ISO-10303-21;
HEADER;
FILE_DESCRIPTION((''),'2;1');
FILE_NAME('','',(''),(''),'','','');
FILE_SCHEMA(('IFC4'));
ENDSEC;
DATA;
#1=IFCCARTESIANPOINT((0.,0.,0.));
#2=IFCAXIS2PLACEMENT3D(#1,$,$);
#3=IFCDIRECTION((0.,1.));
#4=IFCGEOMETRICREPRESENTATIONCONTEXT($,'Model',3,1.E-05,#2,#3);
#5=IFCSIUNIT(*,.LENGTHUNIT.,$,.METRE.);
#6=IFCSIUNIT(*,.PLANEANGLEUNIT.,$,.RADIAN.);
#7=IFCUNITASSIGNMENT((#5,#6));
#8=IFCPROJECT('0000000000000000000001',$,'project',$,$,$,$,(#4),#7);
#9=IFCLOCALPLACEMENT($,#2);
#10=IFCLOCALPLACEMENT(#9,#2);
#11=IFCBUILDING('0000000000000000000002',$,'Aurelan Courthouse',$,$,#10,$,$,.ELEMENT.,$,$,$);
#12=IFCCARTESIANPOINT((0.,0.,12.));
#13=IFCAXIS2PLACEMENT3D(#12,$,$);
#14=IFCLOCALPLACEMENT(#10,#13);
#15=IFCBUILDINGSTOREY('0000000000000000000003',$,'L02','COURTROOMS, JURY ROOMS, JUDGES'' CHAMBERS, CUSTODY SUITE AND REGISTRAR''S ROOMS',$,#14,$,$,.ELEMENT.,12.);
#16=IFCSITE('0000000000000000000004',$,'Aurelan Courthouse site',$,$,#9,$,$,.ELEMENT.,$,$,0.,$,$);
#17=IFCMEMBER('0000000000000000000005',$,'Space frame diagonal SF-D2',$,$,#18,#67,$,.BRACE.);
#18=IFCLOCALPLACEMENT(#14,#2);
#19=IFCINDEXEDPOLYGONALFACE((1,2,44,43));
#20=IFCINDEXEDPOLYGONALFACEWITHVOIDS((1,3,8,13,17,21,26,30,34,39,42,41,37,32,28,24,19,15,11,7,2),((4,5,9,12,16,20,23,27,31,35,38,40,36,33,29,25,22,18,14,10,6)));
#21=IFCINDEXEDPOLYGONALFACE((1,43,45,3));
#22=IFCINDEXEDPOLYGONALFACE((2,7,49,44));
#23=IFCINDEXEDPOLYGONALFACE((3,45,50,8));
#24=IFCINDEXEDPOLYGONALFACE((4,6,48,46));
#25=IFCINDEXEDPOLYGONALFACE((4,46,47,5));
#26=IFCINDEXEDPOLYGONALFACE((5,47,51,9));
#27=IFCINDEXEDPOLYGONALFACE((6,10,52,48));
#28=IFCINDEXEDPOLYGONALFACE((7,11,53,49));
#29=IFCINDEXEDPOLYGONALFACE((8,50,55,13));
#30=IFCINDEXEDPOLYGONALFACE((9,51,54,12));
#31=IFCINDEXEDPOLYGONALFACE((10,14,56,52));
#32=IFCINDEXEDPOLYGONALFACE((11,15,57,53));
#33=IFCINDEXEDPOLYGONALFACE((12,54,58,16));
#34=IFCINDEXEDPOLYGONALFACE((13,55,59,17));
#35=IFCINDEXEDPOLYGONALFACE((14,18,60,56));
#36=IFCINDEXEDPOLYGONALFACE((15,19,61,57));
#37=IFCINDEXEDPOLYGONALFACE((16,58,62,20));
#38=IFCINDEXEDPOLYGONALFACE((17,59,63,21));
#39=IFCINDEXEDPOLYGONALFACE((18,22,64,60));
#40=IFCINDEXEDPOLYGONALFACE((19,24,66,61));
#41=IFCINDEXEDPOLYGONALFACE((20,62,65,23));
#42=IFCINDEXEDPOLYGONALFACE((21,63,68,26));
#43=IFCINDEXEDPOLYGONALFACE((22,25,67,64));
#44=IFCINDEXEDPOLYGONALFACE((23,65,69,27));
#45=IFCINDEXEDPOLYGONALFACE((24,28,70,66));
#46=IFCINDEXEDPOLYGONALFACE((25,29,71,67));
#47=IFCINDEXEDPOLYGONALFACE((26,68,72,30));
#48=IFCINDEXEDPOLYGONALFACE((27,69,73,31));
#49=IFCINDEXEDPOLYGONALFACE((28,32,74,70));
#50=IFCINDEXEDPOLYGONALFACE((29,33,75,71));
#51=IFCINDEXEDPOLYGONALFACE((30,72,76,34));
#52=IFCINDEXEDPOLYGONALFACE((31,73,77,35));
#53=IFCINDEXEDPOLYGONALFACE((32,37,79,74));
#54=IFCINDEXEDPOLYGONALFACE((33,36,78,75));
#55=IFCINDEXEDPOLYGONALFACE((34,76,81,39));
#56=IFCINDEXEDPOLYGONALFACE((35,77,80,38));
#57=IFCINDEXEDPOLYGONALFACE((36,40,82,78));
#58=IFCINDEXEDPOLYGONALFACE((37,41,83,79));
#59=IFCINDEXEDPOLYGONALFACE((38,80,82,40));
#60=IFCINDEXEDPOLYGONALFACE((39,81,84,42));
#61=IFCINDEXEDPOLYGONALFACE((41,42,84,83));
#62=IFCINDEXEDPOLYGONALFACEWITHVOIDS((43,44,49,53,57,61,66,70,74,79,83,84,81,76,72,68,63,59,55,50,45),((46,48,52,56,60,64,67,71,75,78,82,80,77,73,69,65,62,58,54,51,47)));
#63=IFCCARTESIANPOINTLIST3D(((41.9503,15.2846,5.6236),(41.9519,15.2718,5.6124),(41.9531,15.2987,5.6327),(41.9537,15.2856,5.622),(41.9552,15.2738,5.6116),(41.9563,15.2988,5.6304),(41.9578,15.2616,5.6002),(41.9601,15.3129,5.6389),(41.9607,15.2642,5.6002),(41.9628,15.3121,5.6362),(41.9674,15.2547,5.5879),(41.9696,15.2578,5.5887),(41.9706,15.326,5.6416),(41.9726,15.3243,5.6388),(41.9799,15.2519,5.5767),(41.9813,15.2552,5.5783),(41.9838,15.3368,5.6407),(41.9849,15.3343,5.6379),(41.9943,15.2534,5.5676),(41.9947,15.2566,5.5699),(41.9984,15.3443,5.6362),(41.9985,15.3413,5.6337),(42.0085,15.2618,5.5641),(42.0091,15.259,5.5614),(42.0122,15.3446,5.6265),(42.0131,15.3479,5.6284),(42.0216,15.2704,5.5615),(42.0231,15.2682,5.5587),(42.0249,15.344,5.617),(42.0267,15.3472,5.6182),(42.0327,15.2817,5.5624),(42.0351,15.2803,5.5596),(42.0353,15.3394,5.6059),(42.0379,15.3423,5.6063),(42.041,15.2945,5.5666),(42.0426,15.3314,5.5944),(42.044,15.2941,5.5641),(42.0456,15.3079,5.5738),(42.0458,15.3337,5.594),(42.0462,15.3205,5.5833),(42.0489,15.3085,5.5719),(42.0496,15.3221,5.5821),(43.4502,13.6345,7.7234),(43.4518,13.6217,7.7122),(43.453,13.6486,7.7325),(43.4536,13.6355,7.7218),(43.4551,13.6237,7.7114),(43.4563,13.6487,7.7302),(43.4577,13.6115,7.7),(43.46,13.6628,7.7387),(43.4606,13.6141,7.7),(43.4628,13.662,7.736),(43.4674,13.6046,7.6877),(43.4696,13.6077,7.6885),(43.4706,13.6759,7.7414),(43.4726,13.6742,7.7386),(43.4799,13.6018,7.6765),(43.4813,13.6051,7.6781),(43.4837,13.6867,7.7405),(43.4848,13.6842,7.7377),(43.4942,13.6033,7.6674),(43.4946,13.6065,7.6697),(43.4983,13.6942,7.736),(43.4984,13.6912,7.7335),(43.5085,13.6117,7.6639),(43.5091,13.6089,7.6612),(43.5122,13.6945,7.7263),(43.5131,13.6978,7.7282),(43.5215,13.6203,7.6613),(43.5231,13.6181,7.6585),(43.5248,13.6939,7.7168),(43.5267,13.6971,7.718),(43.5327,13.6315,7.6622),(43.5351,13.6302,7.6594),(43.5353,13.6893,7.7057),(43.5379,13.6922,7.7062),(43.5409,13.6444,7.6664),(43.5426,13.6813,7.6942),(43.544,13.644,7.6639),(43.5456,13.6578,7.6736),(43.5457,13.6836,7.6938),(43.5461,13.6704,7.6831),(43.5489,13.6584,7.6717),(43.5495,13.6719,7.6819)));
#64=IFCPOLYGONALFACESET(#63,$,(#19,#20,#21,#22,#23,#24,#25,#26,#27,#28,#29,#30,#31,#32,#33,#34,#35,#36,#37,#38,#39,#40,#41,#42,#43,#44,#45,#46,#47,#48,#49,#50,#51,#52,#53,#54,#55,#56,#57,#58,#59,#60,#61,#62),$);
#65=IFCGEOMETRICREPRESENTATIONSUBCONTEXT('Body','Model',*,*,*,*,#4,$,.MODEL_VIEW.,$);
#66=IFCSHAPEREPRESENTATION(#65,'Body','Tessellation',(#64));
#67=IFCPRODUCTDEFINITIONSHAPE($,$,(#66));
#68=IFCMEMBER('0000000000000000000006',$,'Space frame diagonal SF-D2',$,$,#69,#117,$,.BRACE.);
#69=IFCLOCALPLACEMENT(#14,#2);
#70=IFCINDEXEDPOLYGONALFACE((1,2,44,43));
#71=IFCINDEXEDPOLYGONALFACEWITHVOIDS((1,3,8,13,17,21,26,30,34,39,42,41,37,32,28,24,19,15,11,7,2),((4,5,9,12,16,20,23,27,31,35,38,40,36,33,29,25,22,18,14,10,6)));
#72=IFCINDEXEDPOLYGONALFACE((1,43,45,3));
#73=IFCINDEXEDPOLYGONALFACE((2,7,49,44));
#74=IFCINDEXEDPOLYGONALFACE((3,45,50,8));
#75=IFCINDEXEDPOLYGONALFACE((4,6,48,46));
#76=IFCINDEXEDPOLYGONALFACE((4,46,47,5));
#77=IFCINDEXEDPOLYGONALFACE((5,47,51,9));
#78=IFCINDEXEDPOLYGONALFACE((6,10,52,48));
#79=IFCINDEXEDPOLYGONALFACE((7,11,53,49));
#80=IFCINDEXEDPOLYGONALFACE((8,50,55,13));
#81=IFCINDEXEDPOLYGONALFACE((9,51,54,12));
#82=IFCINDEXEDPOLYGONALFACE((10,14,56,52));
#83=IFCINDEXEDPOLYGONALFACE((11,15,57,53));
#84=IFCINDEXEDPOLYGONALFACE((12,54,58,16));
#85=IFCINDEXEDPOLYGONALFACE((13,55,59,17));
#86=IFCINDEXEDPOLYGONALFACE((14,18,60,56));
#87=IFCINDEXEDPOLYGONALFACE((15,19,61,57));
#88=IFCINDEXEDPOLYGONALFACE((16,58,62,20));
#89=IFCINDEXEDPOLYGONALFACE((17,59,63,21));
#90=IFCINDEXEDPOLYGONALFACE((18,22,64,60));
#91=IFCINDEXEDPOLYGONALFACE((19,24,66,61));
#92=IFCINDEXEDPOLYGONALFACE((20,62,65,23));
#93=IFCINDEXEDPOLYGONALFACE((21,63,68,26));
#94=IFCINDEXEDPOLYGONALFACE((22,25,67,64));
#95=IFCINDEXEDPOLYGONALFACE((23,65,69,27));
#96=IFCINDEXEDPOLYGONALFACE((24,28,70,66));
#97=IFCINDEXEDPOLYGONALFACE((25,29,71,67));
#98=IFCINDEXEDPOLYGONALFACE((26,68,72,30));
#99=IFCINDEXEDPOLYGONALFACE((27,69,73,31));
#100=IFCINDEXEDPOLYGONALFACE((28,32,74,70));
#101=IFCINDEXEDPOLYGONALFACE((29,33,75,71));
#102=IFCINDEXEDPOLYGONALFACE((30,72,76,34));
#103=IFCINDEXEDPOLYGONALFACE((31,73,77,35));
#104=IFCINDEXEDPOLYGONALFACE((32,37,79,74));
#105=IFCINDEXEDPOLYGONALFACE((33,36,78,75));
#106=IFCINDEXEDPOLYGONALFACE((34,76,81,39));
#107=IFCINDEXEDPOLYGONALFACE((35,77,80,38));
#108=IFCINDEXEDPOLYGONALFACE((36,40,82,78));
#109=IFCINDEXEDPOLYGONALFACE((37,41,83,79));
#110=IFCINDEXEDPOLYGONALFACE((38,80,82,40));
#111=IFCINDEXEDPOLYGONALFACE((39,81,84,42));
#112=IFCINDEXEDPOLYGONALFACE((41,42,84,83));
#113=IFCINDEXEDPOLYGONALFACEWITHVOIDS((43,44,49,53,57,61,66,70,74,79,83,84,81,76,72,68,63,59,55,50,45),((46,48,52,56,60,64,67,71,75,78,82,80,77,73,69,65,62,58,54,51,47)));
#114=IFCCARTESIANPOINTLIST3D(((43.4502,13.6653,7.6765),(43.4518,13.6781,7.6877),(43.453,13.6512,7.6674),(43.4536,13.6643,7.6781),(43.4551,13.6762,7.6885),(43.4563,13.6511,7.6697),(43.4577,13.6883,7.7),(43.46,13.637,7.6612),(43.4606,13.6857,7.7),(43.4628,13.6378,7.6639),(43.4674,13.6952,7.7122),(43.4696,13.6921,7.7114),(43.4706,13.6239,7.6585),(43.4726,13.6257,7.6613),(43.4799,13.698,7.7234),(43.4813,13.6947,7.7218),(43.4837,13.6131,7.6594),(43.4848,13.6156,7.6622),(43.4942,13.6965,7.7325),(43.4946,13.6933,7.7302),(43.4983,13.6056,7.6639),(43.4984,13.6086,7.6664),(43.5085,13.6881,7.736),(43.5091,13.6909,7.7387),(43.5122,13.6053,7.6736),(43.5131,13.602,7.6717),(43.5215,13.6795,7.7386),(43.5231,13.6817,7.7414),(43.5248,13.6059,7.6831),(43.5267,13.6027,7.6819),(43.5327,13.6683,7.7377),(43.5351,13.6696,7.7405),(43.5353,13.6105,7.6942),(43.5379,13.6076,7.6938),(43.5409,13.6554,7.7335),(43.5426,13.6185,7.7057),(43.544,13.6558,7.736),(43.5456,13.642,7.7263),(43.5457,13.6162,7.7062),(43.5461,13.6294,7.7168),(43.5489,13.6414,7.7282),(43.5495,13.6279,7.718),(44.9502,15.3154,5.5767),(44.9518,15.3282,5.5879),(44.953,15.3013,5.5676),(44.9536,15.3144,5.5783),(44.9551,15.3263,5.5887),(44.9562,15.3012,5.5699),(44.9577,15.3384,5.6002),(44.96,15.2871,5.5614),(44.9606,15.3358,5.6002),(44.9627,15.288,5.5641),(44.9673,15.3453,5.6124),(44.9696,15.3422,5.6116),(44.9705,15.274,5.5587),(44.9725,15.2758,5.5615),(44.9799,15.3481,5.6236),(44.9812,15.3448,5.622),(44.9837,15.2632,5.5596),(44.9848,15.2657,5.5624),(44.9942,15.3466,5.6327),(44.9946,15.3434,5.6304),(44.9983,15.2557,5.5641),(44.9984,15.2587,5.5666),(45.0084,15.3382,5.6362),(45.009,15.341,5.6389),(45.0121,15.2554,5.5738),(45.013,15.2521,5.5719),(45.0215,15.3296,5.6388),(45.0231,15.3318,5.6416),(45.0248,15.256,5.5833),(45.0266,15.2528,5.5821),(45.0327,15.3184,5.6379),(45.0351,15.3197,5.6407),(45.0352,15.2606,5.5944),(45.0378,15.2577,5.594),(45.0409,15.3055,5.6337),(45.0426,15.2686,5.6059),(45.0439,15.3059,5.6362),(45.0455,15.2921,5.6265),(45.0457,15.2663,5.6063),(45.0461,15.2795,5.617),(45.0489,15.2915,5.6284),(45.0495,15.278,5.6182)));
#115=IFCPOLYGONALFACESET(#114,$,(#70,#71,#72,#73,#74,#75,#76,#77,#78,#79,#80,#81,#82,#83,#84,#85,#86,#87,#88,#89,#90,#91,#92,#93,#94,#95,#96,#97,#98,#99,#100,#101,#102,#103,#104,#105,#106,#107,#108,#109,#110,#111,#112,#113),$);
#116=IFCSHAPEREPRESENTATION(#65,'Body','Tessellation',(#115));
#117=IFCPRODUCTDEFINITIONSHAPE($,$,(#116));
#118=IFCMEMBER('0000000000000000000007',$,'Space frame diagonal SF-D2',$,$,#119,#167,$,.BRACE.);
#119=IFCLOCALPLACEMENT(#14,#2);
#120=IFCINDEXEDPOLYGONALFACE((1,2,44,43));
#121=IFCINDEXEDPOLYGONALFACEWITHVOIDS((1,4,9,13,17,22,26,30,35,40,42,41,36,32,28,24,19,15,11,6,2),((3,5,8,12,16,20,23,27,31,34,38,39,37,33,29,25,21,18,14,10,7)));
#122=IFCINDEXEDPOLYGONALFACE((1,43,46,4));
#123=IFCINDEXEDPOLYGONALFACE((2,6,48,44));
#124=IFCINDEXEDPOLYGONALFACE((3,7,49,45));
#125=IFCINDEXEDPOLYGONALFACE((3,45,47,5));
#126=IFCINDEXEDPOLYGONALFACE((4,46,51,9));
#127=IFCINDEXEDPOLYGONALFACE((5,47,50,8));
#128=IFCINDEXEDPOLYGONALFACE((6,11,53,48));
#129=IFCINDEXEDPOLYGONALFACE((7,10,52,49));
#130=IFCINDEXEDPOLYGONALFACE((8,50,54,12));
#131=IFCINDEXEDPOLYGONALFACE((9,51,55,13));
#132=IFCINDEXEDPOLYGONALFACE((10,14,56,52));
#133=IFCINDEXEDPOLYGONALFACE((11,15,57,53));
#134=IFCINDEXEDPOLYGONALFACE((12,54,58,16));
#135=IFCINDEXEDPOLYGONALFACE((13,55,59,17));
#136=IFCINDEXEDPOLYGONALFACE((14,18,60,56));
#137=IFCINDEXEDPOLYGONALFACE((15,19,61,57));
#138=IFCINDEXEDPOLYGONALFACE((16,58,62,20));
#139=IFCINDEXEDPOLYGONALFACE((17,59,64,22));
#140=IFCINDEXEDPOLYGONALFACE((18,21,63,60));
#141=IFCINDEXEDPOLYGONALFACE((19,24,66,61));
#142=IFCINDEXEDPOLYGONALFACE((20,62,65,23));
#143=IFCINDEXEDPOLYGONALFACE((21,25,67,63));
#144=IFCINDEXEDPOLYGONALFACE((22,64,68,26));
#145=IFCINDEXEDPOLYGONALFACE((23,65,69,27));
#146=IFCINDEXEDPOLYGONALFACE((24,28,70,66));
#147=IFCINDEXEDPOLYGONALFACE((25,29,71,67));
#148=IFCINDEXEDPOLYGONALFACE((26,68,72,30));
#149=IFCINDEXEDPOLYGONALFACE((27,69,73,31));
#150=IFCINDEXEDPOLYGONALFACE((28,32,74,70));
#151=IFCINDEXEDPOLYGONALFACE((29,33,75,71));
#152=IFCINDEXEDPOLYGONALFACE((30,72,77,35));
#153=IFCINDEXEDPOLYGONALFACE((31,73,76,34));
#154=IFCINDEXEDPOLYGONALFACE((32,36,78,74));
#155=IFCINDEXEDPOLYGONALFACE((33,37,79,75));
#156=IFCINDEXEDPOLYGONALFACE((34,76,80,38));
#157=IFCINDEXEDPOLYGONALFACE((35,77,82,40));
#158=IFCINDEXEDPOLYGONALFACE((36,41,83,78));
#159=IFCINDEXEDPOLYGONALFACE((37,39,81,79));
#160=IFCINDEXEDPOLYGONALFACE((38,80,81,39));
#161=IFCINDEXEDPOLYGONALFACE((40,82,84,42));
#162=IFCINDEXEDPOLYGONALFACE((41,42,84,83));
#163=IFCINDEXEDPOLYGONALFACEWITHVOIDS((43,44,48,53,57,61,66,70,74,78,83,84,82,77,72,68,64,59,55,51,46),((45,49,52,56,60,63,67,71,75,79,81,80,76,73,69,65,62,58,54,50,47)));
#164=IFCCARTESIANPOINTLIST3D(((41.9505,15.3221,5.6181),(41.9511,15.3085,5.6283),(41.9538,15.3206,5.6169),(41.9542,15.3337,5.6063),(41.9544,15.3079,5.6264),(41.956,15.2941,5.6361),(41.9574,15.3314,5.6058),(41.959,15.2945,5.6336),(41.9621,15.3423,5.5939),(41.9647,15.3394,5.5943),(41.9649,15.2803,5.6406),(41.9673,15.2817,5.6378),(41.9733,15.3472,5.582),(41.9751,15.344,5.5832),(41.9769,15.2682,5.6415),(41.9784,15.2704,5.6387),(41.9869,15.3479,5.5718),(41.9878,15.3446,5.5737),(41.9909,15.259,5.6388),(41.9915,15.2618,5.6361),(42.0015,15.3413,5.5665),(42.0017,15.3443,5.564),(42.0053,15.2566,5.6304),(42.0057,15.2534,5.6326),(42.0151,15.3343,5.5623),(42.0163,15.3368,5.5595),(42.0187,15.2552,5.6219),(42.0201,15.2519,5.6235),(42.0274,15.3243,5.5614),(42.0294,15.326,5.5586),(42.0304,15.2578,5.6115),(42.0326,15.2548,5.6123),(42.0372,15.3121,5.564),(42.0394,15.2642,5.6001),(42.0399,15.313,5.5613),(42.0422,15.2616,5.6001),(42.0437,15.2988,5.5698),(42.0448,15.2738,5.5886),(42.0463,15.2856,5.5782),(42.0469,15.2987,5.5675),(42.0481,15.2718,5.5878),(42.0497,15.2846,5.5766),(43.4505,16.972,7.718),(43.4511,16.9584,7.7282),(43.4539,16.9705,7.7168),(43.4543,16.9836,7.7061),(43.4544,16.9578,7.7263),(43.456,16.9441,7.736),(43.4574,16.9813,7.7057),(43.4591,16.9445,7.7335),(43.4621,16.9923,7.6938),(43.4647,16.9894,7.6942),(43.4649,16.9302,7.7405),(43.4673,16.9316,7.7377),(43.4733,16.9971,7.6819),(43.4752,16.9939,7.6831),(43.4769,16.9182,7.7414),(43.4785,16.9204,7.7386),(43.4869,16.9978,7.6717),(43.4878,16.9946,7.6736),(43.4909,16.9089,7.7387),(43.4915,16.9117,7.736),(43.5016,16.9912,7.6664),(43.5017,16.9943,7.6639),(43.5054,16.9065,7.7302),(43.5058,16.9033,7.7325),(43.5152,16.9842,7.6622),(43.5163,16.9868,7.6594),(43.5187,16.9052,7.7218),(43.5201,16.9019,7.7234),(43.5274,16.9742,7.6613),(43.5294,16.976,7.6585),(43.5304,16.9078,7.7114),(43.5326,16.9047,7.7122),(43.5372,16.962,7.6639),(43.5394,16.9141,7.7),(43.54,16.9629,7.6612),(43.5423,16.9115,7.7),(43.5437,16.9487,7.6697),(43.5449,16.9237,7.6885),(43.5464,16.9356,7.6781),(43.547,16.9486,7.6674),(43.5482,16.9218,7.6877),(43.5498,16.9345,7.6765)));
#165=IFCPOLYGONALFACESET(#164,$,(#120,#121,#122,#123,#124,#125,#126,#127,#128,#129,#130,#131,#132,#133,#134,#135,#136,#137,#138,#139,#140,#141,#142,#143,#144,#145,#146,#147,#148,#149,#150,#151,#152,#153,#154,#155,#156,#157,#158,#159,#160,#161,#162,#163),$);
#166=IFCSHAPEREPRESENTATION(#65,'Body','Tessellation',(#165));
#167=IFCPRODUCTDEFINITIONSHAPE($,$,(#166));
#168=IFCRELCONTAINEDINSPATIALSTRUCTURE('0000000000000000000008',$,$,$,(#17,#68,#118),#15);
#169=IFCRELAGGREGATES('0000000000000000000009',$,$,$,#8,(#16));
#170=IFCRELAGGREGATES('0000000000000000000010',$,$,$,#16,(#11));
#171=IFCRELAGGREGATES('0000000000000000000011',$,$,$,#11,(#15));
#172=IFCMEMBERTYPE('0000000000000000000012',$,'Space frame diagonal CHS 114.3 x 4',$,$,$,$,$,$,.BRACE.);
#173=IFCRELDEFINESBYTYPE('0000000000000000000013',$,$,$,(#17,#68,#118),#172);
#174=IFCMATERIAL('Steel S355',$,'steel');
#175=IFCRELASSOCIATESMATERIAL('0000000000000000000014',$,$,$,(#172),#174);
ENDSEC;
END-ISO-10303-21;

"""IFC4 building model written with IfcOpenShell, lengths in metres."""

from ifc_helpers import new_model, si_unit, direction, frame, origin, origin_2d, place, context, subcontext, project, spatial, hollow_circle, extrude, material, material_profile, profile_set, type_object, element, save


model = new_model("IFC4")

# Units and contexts
model_context = context("Model", 3, precision=1e-05, world=origin(), true_north=direction((0.0, 1.0)))
body_context = subcontext(model_context, "Body", "Model", "MODEL_VIEW")
ifc_project = project(units=[si_unit("LENGTHUNIT", "METRE"), si_unit("PLANEANGLEUNIT", "RADIAN")], contexts=[model_context])

# Site, building, storey
site_placement = place(None, origin())
site = spatial("IfcSite", under=ifc_project, at=site_placement, Name="Aurelan Courthouse site", CompositionType="ELEMENT", RefElevation=0.0)
building_placement = place(site_placement, origin())
building = spatial("IfcBuilding", under=site, at=building_placement, Name="Aurelan Courthouse", CompositionType="ELEMENT")
storey_placement = place(building_placement, frame((0.0, 0.0, 12.0)))
storey = spatial("IfcBuildingStorey", under=building, at=storey_placement, Name="L02", Description="COURTROOMS, JURY ROOMS, JUDGES' CHAMBERS, CUSTODY SUITE AND REGISTRAR'S ROOMS", CompositionType="ELEMENT", Elevation=12.0)

# Members
ifc_material_1 = material(Name="Steel S355", Category="steel")
ifc_material_profile_1 = material_profile(ifc_material_1, hollow_circle(Radius=0.0571, WallThickness=0.0039, at=origin_2d()), Name="CHS 114.3 x 4")
ifc_profile_set_1 = profile_set([ifc_material_profile_1], Name="Steel S355")
member_type_1 = type_object("IfcMemberType", Name="Space frame diagonal CHS 114.3 x 4", PredefinedType="BRACE", material=ifc_profile_set_1)
for number, where, z_axis, x_axis, name in (
    (1, (43.5, 13.6499, 7.7), (-0.489706, 0.538724, -0.68554), (-0.73997, -0.67264, 0.0), "Space frame diagonal SF-D2"),
    (2, (43.5, 13.6499, 7.7), (0.489706, 0.538724, -0.68554), (-0.73997, 0.67264, 0.0), "Space frame diagonal SF-D2"),
    (3, (43.5, 16.95, 7.7), (-0.489727, -0.538667, -0.685569), (0.73992, -0.672695, 0.0), "Space frame diagonal SF-D2"),
):
    element("IfcMember", number, at=place(storey_placement, frame(where, z_axis=z_axis, x_axis=x_axis)), inside=storey, type_object=member_type_1, Name=name, PredefinedType="BRACE", context=body_context, shape_type="SweptSolid", body=[
        extrude(hollow_circle(Radius=0.0571, WallThickness=0.0039, at=origin_2d()), origin(), (0.0, 0.0, 1.0), 3.063),
    ])

save(model, "model.ifc")
